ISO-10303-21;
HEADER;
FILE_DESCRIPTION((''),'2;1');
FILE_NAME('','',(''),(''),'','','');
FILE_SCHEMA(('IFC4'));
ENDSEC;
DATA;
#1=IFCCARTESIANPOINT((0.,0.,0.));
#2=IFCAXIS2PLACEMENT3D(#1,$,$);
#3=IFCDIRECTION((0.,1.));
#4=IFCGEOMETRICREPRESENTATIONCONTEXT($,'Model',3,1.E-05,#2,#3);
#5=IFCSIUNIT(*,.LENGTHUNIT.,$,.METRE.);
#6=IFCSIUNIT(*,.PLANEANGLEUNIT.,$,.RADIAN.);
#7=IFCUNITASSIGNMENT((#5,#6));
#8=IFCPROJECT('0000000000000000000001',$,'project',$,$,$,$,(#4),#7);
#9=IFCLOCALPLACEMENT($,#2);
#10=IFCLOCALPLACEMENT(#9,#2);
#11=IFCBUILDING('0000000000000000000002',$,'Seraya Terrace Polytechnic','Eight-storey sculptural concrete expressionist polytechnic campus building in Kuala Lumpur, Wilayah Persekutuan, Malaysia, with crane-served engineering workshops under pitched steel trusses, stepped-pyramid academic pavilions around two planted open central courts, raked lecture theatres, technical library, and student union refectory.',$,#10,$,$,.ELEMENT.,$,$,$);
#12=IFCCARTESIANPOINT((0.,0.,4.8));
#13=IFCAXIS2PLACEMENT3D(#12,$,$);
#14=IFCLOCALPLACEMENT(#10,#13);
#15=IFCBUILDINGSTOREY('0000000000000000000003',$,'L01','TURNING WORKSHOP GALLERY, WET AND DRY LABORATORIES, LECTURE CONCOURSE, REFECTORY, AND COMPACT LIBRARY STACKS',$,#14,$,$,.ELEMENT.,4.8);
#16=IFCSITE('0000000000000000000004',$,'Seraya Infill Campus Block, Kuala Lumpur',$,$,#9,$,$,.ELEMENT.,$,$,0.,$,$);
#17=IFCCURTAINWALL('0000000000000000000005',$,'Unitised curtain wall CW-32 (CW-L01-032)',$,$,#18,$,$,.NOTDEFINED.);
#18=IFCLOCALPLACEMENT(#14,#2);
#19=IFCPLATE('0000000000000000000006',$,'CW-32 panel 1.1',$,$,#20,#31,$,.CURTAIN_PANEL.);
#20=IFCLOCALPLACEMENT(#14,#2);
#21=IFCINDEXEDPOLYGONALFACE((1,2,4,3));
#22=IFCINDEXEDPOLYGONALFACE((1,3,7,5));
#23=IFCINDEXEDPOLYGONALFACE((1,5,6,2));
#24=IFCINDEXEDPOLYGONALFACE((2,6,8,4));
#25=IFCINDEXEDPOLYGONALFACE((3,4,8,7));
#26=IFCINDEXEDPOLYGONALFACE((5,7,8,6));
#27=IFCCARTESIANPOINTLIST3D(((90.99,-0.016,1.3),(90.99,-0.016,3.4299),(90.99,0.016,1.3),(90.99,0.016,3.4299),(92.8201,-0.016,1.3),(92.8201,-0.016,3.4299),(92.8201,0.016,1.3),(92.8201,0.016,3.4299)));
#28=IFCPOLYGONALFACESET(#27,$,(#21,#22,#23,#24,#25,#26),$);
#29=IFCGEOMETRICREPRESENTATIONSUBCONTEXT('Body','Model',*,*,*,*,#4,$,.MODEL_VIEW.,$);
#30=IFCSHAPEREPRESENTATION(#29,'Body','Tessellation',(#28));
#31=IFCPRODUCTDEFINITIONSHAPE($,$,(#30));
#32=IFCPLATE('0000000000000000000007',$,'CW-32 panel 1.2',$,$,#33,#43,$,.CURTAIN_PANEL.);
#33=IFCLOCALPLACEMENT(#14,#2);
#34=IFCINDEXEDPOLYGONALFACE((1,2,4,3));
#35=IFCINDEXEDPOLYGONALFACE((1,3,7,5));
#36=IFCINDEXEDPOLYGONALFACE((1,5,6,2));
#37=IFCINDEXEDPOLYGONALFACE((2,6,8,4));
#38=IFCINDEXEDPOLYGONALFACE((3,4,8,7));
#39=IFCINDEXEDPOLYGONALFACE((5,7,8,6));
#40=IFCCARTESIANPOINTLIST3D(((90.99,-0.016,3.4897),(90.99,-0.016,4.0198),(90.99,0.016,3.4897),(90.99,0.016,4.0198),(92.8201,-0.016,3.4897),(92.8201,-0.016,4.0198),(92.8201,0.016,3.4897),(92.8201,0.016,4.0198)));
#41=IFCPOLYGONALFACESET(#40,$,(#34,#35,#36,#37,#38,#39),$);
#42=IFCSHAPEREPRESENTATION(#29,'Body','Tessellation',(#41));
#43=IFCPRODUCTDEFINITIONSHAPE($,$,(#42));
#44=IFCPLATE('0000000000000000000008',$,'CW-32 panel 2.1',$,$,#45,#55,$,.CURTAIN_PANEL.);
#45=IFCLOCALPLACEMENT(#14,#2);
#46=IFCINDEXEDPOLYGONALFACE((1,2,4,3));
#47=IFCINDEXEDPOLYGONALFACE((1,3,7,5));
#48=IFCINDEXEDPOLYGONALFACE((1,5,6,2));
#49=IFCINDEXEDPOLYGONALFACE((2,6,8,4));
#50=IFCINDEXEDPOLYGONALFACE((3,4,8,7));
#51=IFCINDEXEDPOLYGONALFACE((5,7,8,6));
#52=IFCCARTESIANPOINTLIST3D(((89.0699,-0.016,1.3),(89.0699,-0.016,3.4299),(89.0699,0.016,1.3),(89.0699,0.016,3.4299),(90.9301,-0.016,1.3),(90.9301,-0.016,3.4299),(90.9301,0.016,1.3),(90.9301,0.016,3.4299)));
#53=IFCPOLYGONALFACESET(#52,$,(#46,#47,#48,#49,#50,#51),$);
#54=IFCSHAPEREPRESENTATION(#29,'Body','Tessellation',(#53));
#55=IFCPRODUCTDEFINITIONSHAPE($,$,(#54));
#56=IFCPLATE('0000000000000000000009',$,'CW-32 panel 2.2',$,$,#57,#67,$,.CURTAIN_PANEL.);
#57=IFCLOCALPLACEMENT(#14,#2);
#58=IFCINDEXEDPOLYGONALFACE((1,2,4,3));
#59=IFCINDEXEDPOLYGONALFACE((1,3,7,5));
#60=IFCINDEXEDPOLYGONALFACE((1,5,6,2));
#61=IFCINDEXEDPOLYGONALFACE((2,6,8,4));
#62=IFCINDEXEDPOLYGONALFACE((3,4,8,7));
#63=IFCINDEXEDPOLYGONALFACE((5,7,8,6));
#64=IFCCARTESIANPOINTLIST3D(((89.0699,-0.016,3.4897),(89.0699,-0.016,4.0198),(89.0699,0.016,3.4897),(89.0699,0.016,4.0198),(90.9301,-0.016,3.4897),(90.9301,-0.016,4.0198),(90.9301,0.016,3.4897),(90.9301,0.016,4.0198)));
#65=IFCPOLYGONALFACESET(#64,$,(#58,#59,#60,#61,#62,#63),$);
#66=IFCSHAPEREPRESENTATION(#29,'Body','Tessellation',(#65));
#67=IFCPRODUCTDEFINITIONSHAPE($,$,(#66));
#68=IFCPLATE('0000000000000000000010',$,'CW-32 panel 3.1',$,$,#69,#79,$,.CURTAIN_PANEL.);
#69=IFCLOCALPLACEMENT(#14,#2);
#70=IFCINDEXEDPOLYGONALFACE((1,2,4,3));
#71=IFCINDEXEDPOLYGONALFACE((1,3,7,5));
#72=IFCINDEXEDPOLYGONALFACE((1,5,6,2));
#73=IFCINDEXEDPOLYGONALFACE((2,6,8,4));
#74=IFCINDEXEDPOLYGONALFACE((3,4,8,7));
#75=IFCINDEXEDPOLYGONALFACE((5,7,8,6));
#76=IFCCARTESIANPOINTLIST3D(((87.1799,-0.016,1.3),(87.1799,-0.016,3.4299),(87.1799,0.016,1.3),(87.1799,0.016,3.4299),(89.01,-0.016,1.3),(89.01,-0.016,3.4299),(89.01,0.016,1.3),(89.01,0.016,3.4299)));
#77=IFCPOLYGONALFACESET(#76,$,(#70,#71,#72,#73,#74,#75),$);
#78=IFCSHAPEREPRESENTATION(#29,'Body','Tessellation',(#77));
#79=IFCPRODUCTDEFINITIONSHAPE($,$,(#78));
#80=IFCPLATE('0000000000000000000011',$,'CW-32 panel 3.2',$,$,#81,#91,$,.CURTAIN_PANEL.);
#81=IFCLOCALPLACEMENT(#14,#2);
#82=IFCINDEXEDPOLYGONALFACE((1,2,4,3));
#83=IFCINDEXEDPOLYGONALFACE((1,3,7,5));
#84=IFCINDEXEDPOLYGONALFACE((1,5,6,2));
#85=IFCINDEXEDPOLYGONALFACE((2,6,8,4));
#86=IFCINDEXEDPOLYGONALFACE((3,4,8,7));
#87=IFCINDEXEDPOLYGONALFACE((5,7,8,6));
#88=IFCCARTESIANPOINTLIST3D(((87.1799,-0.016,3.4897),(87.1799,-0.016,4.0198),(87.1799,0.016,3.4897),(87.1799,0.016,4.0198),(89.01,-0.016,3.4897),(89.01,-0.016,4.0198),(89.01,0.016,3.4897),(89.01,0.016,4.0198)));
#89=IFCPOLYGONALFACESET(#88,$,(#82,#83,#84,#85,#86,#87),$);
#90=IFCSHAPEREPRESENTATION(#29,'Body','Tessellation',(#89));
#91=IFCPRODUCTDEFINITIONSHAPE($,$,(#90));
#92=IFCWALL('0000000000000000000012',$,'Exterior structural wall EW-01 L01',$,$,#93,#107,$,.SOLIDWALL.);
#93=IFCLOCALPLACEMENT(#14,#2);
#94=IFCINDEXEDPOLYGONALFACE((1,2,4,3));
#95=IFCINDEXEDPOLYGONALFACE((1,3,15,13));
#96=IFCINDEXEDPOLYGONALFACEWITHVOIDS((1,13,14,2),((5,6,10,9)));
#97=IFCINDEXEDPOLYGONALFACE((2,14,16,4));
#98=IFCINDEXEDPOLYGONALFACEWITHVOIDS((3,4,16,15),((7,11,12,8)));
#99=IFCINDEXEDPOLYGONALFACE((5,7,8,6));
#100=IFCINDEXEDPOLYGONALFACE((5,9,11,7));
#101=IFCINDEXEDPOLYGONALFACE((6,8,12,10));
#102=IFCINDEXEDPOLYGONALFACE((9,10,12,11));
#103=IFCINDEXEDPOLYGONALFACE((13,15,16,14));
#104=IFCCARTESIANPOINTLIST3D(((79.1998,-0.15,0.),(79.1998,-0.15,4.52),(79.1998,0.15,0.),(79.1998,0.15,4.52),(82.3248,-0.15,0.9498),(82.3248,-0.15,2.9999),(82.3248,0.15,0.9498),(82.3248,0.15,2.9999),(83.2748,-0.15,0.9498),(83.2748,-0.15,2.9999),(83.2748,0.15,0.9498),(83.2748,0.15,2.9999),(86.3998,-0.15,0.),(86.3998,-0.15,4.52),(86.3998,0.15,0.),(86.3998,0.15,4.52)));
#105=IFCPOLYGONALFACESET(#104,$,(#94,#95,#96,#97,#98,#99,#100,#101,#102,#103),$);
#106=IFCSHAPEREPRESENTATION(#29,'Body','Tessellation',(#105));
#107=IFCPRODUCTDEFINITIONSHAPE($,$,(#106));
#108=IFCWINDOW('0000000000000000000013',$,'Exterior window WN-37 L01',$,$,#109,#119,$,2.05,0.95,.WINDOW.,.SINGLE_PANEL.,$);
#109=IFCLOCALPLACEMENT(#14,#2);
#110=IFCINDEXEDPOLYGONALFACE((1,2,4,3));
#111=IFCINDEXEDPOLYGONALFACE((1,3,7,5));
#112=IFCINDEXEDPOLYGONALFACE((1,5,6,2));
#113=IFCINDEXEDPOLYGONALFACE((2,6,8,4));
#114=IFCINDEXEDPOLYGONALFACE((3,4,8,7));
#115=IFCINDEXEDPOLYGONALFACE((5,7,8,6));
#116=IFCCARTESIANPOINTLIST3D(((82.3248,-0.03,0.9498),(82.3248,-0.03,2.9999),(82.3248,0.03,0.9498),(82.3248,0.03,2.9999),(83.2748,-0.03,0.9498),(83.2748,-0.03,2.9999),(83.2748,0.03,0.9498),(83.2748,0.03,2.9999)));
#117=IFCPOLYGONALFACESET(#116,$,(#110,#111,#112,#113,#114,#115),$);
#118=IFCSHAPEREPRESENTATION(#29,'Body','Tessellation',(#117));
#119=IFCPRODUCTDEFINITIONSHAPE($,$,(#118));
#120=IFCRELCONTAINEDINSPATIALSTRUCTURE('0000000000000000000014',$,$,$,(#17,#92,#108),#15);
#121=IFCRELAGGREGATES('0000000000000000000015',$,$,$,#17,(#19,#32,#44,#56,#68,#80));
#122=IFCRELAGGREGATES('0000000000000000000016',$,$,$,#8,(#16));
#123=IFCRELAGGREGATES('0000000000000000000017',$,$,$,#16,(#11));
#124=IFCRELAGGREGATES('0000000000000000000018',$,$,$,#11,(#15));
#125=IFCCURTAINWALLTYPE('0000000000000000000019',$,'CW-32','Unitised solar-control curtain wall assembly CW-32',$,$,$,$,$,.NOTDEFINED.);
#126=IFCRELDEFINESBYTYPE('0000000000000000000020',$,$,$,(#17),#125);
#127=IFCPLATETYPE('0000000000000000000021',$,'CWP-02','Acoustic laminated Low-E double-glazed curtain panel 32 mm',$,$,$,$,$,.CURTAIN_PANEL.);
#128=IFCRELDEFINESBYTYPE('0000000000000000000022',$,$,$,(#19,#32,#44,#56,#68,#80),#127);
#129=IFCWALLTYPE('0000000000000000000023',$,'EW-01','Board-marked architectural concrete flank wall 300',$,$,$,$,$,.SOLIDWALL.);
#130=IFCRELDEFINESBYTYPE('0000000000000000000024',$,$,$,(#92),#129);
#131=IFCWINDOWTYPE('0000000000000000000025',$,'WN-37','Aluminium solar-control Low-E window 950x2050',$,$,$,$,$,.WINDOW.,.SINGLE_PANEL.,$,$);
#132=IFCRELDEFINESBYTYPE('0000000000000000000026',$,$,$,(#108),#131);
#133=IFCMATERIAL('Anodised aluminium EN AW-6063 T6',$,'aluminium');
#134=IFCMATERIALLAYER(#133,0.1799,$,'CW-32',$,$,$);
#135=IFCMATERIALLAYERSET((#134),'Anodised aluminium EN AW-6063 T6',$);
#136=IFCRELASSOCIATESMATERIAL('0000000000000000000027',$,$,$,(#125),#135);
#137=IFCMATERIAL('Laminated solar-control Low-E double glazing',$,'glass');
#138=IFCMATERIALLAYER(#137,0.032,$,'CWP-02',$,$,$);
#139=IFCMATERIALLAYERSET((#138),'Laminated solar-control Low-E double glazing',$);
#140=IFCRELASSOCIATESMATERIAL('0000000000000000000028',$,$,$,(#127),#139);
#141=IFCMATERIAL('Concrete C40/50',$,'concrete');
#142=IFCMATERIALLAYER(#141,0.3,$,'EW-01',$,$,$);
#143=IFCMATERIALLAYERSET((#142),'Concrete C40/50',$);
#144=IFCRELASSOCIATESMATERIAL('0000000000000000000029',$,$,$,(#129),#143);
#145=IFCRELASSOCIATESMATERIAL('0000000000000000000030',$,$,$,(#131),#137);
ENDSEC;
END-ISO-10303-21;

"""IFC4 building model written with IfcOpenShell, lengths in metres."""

from ifc_helpers import new_model, si_unit, direction, frame, frame_2d, origin, origin_2d, place, context, subcontext, project, spatial, rectangle, extrude, material, layer, layer_set, type_object, element, fill, aggregate, save


model = new_model("IFC4")

# Units and contexts
model_context = context("Model", 3, precision=1e-05, world=origin(), true_north=direction((0.0, 1.0)))
body_context = subcontext(model_context, "Body", "Model", "MODEL_VIEW")
ifc_project = project(units=[si_unit("LENGTHUNIT", "METRE"), si_unit("PLANEANGLEUNIT", "RADIAN")], contexts=[model_context])

# Site, building, storey
site_placement = place(None, origin())
site = spatial("IfcSite", under=ifc_project, at=site_placement, Name="Seraya Infill Campus Block, Kuala Lumpur", CompositionType="ELEMENT", RefElevation=0.0)
building_placement = place(site_placement, origin())
building = spatial("IfcBuilding", under=site, at=building_placement, Name="Seraya Terrace Polytechnic", Description="Eight-storey sculptural concrete expressionist polytechnic campus building in Kuala Lumpur, Wilayah Persekutuan, Malaysia, with crane-served engineering workshops under pitched steel trusses, stepped-pyramid academic pavilions around two planted open central courts, raked lecture theatres, technical library, and student union refectory.", CompositionType="ELEMENT")
storey_placement = place(building_placement, frame((0.0, 0.0, 4.8)))
storey = spatial("IfcBuildingStorey", under=building, at=storey_placement, Name="L01", Description="TURNING WORKSHOP GALLERY, WET AND DRY LABORATORIES, LECTURE CONCOURSE, REFECTORY, AND COMPACT LIBRARY STACKS", CompositionType="ELEMENT", Elevation=4.8)

# Curtain wall, plates
ifc_material_1 = material(Name="Anodised aluminium EN AW-6063 T6", Category="aluminium")
ifc_layer_1 = layer(ifc_material_1, 0.1799, Name="CW-32")
ifc_layer_set_1 = layer_set([ifc_layer_1], Name="Anodised aluminium EN AW-6063 T6")
curtain_wall_type = type_object("IfcCurtainWallType", Name="CW-32", Description="Unitised solar-control curtain wall assembly CW-32", PredefinedType="NOTDEFINED", material=ifc_layer_set_1)
curtain_wall_placement = place(storey_placement, origin())
curtain_wall = element("IfcCurtainWall", 1, at=curtain_wall_placement, inside=storey, type_object=curtain_wall_type, Name="Unitised curtain wall CW-32 (CW-L01-032)", PredefinedType="NOTDEFINED")
ifc_material_2 = material(Name="Laminated solar-control Low-E double glazing", Category="glass")
ifc_layer_2 = layer(ifc_material_2, 0.032, Name="CWP-02")
ifc_layer_set_2 = layer_set([ifc_layer_2], Name="Laminated solar-control Low-E double glazing")
plate_type = type_object("IfcPlateType", Name="CWP-02", Description="Acoustic laminated Low-E double-glazed curtain panel 32 mm", PredefinedType="CURTAIN_PANEL", material=ifc_layer_set_2)
plate_1_placement = place(storey_placement, frame((91.905, 0.0, 1.3), z_axis=(0.0, 0.0, 1.0), x_axis=(-1.0, 0.0, 0.0)))
plate_1 = element("IfcPlate", 2, at=plate_1_placement, type_object=plate_type, Name="CW-32 panel 1.1", PredefinedType="CURTAIN_PANEL", context=body_context, shape_type="SweptSolid", body=[
    extrude(rectangle(XDim=1.8301, YDim=0.032, at=origin_2d()), origin(), (0.0, 0.0, 1.0), 2.1299),
])
plate_2_placement = place(storey_placement, frame((91.905, 0.0, 3.4897), z_axis=(0.0, 0.0, 1.0), x_axis=(-1.0, 0.0, 0.0)))
plate_2 = element("IfcPlate", 3, at=plate_2_placement, type_object=plate_type, Name="CW-32 panel 1.2", PredefinedType="CURTAIN_PANEL", context=body_context, shape_type="SweptSolid", body=[
    extrude(rectangle(XDim=1.8301, YDim=0.032, at=origin_2d()), origin(), (0.0, 0.0, 1.0), 0.53),
])
plate_3_placement = place(storey_placement, frame((90.0, 0.0, 1.3), z_axis=(0.0, 0.0, 1.0), x_axis=(-1.0, 0.0, 0.0)))
plate_3 = element("IfcPlate", 4, at=plate_3_placement, type_object=plate_type, Name="CW-32 panel 2.1", PredefinedType="CURTAIN_PANEL", context=body_context, shape_type="SweptSolid", body=[
    extrude(rectangle(XDim=1.8601, YDim=0.032, at=origin_2d()), origin(), (0.0, 0.0, 1.0), 2.1299),
])
plate_4_placement = place(storey_placement, frame((90.0, 0.0, 3.4897), z_axis=(0.0, 0.0, 1.0), x_axis=(-1.0, 0.0, 0.0)))
plate_4 = element("IfcPlate", 5, at=plate_4_placement, type_object=plate_type, Name="CW-32 panel 2.2", PredefinedType="CURTAIN_PANEL", context=body_context, shape_type="SweptSolid", body=[
    extrude(rectangle(XDim=1.8601, YDim=0.032, at=origin_2d()), origin(), (0.0, 0.0, 1.0), 0.53),
])
plate_5_placement = place(storey_placement, frame((88.095, 0.0, 1.3), z_axis=(0.0, 0.0, 1.0), x_axis=(-1.0, 0.0, 0.0)))
plate_5 = element("IfcPlate", 6, at=plate_5_placement, type_object=plate_type, Name="CW-32 panel 3.1", PredefinedType="CURTAIN_PANEL", context=body_context, shape_type="SweptSolid", body=[
    extrude(rectangle(XDim=1.8301, YDim=0.032, at=origin_2d()), origin(), (0.0, 0.0, 1.0), 2.1299),
])
plate_6_placement = place(storey_placement, frame((88.095, 0.0, 3.4897), z_axis=(0.0, 0.0, 1.0), x_axis=(-1.0, 0.0, 0.0)))
plate_6 = element("IfcPlate", 7, at=plate_6_placement, type_object=plate_type, Name="CW-32 panel 3.2", PredefinedType="CURTAIN_PANEL", context=body_context, shape_type="SweptSolid", body=[
    extrude(rectangle(XDim=1.8301, YDim=0.032, at=origin_2d()), origin(), (0.0, 0.0, 1.0), 0.53),
])
aggregate(curtain_wall, [plate_1, plate_2, plate_3, plate_4, plate_5, plate_6])

# Wall, opening, window
ifc_material_3 = material(Name="Concrete C40/50", Category="concrete")
ifc_layer_3 = layer(ifc_material_3, 0.3, Name="EW-01")
ifc_layer_set_3 = layer_set([ifc_layer_3], Name="Concrete C40/50")
wall_type = type_object("IfcWallType", Name="EW-01", Description="Board-marked architectural concrete flank wall 300", PredefinedType="SOLIDWALL", material=ifc_layer_set_3)
wall_placement = place(storey_placement, frame((86.3999, 0.0, 0.0), z_axis=(0.0, 0.0, 1.0), x_axis=(-1.0, 0.0, 0.0)))
wall = element("IfcWall", 8, at=wall_placement, inside=storey, type_object=wall_type, Name="Exterior structural wall EW-01 L01", PredefinedType="SOLIDWALL", context=body_context, shape_type="SweptSolid", body=[
    extrude(rectangle(XDim=7.2, YDim=0.3, at=frame_2d((3.6001, 0.0))), origin(), (0.0, 0.0, 1.0), 4.52),
])
opening_placement = place(wall_placement, frame((3.125, 0.0, 0.95)))
opening = element("IfcOpeningElement", 9, at=opening_placement, cuts=wall, PredefinedType="OPENING", context=body_context, shape_type="SweptSolid", body=[
    extrude(rectangle(XDim=0.95, YDim=2.05, at=frame_2d((0.4751, 1.0249))), frame((0.0, 0.1621, 0.0), z_axis=(0.0, -1.0, 0.0), x_axis=(1.0, 0.0, 0.0)), (0.0, 0.0, 1.0), 0.324),
])
window_type = type_object("IfcWindowType", Name="WN-37", Description="Aluminium solar-control Low-E window 950x2050", PartitioningType="SINGLE_PANEL", PredefinedType="WINDOW", material=ifc_material_2)
window_placement = place(opening_placement, origin())
window = element("IfcWindow", 10, at=window_placement, inside=storey, type_object=window_type, Name="Exterior window WN-37 L01", OverallHeight=2.05, OverallWidth=0.95, PartitioningType="SINGLE_PANEL", PredefinedType="WINDOW", context=body_context, shape_type="SweptSolid", body=[
    extrude(rectangle(XDim=0.95, YDim=2.05, at=frame_2d((0.4751, 1.0249))), frame((0.0, 0.03, 0.0), z_axis=(0.0, -1.0, 0.0), x_axis=(1.0, 0.0, 0.0)), (0.0, 0.0, 1.0), 0.0601),
])
fill(opening, window)

save(model, "model.ifc")
